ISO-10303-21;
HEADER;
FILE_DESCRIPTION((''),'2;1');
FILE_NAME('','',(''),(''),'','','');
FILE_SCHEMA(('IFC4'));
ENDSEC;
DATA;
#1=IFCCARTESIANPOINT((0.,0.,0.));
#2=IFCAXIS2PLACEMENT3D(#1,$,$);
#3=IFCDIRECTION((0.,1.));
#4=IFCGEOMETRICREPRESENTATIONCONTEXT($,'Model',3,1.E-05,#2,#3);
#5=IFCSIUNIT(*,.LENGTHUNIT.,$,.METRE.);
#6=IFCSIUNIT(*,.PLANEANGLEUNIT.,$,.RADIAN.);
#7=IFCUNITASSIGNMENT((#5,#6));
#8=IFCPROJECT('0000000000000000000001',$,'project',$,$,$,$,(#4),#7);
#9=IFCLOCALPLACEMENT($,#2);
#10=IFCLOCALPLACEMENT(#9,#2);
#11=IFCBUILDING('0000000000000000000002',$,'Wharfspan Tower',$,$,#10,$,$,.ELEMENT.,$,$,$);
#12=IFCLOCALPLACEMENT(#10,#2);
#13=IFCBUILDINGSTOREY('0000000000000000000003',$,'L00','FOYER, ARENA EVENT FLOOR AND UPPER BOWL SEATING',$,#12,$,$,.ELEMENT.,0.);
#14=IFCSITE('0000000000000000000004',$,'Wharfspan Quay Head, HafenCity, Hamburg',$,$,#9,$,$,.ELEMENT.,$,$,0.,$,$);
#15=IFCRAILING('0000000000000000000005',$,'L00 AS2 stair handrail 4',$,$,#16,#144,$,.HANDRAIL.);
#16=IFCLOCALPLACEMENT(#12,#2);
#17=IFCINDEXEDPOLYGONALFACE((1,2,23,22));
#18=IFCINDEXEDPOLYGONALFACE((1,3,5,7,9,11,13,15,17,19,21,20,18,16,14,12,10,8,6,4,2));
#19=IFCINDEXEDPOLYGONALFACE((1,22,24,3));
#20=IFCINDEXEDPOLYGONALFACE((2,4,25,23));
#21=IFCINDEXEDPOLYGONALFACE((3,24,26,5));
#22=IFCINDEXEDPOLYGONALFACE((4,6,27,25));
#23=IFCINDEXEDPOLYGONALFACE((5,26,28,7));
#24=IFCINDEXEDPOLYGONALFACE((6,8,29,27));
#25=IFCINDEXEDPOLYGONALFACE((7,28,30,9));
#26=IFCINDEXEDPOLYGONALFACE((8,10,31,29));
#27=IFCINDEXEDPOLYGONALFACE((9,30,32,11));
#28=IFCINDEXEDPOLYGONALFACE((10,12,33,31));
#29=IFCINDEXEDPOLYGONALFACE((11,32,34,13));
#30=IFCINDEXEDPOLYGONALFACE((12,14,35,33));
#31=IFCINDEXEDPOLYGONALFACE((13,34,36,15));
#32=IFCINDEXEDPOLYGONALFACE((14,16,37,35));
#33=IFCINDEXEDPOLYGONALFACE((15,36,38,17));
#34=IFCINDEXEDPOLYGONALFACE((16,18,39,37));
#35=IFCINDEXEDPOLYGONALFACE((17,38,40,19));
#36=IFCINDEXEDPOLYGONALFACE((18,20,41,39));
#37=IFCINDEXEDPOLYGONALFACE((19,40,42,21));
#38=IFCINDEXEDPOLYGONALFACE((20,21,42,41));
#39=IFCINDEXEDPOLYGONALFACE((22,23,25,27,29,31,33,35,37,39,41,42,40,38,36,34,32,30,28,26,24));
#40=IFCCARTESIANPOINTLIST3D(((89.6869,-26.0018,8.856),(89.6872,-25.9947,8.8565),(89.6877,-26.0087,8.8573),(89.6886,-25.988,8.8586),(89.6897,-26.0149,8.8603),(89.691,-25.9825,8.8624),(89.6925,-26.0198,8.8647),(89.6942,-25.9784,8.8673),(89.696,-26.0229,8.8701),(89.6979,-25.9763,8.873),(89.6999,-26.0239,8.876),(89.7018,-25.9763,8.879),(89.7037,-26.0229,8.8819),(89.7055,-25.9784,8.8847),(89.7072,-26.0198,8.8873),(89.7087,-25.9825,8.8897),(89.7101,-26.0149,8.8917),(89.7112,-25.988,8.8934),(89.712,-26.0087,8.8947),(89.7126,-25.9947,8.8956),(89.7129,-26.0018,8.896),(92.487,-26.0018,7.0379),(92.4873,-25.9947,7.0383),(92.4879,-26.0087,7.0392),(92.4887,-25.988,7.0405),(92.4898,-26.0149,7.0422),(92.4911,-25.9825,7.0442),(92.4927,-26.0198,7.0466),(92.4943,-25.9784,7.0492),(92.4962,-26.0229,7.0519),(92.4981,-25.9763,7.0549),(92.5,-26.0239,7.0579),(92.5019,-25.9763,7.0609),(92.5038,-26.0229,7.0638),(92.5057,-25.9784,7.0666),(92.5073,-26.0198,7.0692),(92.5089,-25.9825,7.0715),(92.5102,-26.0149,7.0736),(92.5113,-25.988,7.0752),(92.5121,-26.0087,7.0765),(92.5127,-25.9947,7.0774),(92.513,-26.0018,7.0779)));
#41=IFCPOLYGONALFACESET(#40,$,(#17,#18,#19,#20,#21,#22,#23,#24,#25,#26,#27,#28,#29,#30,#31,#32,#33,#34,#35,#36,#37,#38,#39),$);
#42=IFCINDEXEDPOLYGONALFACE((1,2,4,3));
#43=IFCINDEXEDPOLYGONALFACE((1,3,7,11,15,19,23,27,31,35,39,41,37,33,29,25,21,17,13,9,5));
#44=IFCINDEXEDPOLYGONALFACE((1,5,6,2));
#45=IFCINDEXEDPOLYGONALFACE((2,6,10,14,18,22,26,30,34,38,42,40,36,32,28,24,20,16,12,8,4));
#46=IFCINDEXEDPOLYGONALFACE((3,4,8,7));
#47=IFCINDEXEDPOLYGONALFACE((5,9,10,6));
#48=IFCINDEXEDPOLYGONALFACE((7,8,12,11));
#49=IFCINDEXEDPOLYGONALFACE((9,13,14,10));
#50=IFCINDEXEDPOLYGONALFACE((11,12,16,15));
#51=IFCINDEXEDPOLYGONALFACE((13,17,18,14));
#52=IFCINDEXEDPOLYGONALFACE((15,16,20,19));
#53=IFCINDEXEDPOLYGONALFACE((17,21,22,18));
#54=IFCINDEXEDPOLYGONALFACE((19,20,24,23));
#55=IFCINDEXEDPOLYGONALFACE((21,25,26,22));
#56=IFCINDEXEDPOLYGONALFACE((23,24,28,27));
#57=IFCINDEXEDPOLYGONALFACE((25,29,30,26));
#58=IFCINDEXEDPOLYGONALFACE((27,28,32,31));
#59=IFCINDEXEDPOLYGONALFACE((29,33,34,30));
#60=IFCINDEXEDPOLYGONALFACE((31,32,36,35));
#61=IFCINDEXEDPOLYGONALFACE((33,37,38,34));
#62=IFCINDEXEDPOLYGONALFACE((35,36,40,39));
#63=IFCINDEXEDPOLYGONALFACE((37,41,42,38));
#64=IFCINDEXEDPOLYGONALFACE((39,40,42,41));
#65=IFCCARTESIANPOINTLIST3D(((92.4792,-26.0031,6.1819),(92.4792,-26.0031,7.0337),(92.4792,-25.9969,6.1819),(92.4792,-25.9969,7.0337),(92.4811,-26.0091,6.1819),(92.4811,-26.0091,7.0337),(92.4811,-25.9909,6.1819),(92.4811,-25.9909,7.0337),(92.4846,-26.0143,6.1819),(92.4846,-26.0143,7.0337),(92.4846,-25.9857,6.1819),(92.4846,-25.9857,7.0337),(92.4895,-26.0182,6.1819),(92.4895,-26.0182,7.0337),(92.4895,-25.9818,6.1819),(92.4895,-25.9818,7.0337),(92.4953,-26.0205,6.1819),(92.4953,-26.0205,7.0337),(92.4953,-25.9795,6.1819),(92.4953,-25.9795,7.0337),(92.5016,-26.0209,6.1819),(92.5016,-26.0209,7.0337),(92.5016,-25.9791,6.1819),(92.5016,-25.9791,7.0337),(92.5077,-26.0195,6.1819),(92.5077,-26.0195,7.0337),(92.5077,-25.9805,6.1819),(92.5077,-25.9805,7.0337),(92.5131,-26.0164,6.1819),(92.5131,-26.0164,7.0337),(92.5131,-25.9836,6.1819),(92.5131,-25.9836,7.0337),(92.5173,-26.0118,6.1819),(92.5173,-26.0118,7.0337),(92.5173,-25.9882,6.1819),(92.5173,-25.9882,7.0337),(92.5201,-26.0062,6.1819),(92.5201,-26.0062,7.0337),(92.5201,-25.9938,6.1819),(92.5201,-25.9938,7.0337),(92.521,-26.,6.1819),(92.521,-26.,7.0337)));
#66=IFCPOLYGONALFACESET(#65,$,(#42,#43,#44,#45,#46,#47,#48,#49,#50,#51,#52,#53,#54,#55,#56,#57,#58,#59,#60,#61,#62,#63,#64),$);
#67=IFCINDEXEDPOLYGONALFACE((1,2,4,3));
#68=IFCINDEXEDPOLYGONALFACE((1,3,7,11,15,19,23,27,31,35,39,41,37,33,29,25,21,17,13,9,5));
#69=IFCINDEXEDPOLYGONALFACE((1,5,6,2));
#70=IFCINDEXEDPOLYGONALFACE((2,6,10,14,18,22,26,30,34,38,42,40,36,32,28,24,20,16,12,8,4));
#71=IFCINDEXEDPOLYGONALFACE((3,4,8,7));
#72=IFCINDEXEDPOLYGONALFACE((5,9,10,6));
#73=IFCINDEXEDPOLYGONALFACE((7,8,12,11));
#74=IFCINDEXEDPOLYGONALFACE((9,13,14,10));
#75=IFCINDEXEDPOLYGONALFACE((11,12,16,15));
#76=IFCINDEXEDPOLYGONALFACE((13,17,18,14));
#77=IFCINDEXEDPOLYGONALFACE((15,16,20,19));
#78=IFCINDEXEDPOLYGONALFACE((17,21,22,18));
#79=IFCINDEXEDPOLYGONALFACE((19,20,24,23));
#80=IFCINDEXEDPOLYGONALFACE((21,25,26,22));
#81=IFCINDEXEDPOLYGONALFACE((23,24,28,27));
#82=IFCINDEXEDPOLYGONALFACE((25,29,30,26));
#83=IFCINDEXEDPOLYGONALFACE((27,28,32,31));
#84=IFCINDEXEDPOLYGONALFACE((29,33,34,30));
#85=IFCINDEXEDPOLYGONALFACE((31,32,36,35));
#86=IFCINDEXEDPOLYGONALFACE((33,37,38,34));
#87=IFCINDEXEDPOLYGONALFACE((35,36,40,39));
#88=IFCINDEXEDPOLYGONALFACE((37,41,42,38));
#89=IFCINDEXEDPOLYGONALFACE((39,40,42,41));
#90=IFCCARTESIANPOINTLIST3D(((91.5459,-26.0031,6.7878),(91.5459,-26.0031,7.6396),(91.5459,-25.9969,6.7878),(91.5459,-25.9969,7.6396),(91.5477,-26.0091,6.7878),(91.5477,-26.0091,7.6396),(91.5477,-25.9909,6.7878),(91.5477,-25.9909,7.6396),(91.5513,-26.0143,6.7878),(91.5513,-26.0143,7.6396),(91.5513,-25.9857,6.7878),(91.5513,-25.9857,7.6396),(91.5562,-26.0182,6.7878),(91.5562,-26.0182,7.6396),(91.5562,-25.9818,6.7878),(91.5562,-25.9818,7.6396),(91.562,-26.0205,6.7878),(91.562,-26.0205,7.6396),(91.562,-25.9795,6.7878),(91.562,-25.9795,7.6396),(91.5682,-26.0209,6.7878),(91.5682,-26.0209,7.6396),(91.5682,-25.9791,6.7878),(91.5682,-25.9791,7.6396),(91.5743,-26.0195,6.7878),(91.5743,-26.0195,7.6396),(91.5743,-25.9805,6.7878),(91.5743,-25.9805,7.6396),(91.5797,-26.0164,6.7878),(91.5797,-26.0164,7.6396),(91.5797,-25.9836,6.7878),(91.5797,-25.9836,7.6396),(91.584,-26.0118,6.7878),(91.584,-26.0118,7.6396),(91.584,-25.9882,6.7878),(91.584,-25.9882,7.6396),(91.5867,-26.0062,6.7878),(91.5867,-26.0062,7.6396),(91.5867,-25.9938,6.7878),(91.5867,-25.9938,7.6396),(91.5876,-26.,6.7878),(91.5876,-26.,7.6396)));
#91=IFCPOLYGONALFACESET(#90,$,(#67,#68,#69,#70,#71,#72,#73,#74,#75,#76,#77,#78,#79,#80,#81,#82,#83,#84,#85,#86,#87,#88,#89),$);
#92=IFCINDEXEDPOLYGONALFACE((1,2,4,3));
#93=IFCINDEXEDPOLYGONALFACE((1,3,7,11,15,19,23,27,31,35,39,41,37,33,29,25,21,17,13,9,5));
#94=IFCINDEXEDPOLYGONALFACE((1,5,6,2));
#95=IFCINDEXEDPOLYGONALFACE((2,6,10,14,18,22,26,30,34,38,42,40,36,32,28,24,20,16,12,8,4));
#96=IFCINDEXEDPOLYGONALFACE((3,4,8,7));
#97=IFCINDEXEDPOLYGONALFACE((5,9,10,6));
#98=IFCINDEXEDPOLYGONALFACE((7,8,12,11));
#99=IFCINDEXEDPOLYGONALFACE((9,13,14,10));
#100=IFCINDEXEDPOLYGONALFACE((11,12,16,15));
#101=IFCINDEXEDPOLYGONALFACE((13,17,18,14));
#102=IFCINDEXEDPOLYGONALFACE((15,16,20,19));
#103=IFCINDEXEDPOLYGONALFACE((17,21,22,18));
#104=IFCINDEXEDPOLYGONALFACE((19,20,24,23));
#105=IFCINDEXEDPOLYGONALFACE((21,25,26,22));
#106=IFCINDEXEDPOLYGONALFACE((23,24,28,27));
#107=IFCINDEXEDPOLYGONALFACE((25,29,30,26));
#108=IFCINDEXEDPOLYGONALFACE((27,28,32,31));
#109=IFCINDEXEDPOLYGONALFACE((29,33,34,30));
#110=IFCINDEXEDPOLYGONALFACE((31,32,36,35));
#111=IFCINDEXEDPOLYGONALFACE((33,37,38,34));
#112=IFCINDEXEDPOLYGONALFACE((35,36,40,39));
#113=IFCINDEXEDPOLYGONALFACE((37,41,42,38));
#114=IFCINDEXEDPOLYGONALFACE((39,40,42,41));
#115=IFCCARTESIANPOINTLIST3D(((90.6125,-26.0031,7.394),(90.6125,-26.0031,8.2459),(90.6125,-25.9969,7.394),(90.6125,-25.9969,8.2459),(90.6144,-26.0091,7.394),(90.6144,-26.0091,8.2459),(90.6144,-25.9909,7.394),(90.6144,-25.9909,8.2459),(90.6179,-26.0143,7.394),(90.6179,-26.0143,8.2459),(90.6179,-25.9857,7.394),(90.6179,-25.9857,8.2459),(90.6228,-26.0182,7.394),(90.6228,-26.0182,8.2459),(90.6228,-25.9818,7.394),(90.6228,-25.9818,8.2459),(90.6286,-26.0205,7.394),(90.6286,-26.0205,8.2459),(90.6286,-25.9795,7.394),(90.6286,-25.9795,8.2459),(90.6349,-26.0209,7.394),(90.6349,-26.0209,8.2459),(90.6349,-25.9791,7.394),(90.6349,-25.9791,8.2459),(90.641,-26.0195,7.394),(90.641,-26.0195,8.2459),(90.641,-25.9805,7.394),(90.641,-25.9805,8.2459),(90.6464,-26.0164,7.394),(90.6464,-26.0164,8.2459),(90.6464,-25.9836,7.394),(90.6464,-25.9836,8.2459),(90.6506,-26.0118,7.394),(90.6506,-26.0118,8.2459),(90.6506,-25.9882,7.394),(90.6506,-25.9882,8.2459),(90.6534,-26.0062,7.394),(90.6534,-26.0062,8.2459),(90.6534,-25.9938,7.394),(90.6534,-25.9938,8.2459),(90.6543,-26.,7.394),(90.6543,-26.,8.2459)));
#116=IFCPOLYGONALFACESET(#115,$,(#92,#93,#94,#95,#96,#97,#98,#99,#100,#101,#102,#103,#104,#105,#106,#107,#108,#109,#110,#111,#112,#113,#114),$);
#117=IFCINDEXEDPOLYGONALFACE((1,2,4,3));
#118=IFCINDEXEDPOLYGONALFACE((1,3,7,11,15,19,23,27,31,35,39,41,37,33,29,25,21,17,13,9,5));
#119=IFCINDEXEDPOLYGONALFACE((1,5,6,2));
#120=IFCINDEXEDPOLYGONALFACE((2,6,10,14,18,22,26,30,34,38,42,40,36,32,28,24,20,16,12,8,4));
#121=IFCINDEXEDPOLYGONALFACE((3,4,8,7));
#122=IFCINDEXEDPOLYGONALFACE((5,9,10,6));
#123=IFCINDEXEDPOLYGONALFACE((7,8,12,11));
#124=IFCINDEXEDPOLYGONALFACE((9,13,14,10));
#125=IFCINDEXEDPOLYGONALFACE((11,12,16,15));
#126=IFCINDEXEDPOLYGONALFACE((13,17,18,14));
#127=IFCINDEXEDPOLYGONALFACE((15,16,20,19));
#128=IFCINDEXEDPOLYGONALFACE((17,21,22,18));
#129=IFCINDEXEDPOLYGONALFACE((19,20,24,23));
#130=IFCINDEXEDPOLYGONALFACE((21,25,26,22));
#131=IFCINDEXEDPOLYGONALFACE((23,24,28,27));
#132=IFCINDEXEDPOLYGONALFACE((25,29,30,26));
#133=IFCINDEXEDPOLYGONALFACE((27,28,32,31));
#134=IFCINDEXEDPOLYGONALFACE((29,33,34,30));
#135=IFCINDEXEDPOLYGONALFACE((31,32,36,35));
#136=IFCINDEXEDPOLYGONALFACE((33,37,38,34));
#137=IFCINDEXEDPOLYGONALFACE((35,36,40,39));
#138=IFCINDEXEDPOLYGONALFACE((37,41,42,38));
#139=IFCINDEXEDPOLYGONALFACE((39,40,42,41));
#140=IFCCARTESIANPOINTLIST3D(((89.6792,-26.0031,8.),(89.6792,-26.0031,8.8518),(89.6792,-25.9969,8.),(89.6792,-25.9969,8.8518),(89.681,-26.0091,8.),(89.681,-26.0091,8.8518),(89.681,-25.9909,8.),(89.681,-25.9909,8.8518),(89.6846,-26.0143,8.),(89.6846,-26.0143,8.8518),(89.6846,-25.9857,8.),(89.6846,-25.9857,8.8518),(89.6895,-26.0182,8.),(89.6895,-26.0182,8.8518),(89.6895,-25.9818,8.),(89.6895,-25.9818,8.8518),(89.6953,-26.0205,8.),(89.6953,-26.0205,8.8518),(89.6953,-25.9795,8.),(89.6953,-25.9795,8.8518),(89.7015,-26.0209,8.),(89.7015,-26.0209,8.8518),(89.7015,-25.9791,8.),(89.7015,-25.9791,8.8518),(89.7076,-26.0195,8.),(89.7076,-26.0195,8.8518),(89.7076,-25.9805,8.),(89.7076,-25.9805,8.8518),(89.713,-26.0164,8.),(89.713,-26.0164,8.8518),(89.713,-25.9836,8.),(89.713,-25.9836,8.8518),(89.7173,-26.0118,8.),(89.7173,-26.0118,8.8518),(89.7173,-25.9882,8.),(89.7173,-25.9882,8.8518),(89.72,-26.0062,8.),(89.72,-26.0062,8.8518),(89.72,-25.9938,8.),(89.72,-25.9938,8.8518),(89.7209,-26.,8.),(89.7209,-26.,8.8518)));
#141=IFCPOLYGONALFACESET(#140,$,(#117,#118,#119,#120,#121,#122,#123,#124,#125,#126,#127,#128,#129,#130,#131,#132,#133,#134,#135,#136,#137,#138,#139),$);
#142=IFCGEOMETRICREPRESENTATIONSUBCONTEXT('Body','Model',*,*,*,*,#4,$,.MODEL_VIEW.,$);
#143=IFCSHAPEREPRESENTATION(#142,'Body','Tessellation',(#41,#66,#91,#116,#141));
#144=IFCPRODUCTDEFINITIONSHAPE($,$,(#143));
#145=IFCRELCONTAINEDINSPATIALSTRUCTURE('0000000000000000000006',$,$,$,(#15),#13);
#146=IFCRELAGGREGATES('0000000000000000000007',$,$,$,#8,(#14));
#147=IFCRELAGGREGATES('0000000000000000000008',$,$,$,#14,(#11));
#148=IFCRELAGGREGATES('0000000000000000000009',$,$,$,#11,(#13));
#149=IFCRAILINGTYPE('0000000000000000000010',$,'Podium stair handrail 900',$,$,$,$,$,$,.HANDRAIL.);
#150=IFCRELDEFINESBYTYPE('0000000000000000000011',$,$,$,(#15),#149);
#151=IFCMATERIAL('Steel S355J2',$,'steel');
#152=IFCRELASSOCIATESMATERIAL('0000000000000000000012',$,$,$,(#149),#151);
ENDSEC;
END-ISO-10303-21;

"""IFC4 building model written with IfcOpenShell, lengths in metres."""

from ifc_helpers import new_model, si_unit, direction, frame, origin, origin_2d, place, context, subcontext, project, spatial, circle, extrude, material, type_object, element, save


model = new_model("IFC4")

# Units and contexts
model_context = context("Model", 3, precision=1e-05, world=origin(), true_north=direction((0.0, 1.0)))
body_context = subcontext(model_context, "Body", "Model", "MODEL_VIEW")
ifc_project = project(units=[si_unit("LENGTHUNIT", "METRE"), si_unit("PLANEANGLEUNIT", "RADIAN")], contexts=[model_context])

# Site, building, storey
site_placement = place(None, origin())
site = spatial("IfcSite", under=ifc_project, at=site_placement, Name="Wharfspan Quay Head, HafenCity, Hamburg", CompositionType="ELEMENT", RefElevation=0.0)
building_placement = place(site_placement, origin())
building = spatial("IfcBuilding", under=site, at=building_placement, Name="Wharfspan Tower", CompositionType="ELEMENT")
storey_placement = place(building_placement, origin())
storey = spatial("IfcBuildingStorey", under=building, at=storey_placement, Name="L00", Description="FOYER, ARENA EVENT FLOOR AND UPPER BOWL SEATING", CompositionType="ELEMENT", Elevation=0.0)

# Shared definitions
ifc_material_1 = material(Name="Steel S355J2", Category="steel")

# Railing
railing_type = type_object("IfcRailingType", Name="Podium stair handrail 900", PredefinedType="HANDRAIL", material=ifc_material_1)
railing_placement = place(storey_placement, frame((92.5, -26.0, 6.1819)))
element("IfcRailing", 1, at=railing_placement, inside=storey, type_object=railing_type, Name="L00 AS2 stair handrail 4", PredefinedType="HANDRAIL", context=body_context, shape_type="SweptSolid", body=[
    extrude(circle(Radius=0.0239, at=origin_2d()), frame((0.0, 0.0, 0.876), z_axis=(-0.838706, 0.0, 0.544585), x_axis=(0.0, -1.0, 0.0)), (0.0, 0.0, 1.0), 3.3386),
    extrude(circle(Radius=0.021, at=origin_2d()), origin(), (0.0, 0.0, 1.0), 0.8518),
    extrude(circle(Radius=0.021, at=origin_2d()), frame((-0.9334, 0.0, 0.606)), (0.0, 0.0, 1.0), 0.8518),
    extrude(circle(Radius=0.021, at=origin_2d()), frame((-1.8667, 0.0, 1.2122)), (0.0, 0.0, 1.0), 0.8518),
    extrude(circle(Radius=0.021, at=origin_2d()), frame((-2.8, 0.0, 1.8181)), (0.0, 0.0, 1.0), 0.8518),
])

save(model, "model.ifc")
